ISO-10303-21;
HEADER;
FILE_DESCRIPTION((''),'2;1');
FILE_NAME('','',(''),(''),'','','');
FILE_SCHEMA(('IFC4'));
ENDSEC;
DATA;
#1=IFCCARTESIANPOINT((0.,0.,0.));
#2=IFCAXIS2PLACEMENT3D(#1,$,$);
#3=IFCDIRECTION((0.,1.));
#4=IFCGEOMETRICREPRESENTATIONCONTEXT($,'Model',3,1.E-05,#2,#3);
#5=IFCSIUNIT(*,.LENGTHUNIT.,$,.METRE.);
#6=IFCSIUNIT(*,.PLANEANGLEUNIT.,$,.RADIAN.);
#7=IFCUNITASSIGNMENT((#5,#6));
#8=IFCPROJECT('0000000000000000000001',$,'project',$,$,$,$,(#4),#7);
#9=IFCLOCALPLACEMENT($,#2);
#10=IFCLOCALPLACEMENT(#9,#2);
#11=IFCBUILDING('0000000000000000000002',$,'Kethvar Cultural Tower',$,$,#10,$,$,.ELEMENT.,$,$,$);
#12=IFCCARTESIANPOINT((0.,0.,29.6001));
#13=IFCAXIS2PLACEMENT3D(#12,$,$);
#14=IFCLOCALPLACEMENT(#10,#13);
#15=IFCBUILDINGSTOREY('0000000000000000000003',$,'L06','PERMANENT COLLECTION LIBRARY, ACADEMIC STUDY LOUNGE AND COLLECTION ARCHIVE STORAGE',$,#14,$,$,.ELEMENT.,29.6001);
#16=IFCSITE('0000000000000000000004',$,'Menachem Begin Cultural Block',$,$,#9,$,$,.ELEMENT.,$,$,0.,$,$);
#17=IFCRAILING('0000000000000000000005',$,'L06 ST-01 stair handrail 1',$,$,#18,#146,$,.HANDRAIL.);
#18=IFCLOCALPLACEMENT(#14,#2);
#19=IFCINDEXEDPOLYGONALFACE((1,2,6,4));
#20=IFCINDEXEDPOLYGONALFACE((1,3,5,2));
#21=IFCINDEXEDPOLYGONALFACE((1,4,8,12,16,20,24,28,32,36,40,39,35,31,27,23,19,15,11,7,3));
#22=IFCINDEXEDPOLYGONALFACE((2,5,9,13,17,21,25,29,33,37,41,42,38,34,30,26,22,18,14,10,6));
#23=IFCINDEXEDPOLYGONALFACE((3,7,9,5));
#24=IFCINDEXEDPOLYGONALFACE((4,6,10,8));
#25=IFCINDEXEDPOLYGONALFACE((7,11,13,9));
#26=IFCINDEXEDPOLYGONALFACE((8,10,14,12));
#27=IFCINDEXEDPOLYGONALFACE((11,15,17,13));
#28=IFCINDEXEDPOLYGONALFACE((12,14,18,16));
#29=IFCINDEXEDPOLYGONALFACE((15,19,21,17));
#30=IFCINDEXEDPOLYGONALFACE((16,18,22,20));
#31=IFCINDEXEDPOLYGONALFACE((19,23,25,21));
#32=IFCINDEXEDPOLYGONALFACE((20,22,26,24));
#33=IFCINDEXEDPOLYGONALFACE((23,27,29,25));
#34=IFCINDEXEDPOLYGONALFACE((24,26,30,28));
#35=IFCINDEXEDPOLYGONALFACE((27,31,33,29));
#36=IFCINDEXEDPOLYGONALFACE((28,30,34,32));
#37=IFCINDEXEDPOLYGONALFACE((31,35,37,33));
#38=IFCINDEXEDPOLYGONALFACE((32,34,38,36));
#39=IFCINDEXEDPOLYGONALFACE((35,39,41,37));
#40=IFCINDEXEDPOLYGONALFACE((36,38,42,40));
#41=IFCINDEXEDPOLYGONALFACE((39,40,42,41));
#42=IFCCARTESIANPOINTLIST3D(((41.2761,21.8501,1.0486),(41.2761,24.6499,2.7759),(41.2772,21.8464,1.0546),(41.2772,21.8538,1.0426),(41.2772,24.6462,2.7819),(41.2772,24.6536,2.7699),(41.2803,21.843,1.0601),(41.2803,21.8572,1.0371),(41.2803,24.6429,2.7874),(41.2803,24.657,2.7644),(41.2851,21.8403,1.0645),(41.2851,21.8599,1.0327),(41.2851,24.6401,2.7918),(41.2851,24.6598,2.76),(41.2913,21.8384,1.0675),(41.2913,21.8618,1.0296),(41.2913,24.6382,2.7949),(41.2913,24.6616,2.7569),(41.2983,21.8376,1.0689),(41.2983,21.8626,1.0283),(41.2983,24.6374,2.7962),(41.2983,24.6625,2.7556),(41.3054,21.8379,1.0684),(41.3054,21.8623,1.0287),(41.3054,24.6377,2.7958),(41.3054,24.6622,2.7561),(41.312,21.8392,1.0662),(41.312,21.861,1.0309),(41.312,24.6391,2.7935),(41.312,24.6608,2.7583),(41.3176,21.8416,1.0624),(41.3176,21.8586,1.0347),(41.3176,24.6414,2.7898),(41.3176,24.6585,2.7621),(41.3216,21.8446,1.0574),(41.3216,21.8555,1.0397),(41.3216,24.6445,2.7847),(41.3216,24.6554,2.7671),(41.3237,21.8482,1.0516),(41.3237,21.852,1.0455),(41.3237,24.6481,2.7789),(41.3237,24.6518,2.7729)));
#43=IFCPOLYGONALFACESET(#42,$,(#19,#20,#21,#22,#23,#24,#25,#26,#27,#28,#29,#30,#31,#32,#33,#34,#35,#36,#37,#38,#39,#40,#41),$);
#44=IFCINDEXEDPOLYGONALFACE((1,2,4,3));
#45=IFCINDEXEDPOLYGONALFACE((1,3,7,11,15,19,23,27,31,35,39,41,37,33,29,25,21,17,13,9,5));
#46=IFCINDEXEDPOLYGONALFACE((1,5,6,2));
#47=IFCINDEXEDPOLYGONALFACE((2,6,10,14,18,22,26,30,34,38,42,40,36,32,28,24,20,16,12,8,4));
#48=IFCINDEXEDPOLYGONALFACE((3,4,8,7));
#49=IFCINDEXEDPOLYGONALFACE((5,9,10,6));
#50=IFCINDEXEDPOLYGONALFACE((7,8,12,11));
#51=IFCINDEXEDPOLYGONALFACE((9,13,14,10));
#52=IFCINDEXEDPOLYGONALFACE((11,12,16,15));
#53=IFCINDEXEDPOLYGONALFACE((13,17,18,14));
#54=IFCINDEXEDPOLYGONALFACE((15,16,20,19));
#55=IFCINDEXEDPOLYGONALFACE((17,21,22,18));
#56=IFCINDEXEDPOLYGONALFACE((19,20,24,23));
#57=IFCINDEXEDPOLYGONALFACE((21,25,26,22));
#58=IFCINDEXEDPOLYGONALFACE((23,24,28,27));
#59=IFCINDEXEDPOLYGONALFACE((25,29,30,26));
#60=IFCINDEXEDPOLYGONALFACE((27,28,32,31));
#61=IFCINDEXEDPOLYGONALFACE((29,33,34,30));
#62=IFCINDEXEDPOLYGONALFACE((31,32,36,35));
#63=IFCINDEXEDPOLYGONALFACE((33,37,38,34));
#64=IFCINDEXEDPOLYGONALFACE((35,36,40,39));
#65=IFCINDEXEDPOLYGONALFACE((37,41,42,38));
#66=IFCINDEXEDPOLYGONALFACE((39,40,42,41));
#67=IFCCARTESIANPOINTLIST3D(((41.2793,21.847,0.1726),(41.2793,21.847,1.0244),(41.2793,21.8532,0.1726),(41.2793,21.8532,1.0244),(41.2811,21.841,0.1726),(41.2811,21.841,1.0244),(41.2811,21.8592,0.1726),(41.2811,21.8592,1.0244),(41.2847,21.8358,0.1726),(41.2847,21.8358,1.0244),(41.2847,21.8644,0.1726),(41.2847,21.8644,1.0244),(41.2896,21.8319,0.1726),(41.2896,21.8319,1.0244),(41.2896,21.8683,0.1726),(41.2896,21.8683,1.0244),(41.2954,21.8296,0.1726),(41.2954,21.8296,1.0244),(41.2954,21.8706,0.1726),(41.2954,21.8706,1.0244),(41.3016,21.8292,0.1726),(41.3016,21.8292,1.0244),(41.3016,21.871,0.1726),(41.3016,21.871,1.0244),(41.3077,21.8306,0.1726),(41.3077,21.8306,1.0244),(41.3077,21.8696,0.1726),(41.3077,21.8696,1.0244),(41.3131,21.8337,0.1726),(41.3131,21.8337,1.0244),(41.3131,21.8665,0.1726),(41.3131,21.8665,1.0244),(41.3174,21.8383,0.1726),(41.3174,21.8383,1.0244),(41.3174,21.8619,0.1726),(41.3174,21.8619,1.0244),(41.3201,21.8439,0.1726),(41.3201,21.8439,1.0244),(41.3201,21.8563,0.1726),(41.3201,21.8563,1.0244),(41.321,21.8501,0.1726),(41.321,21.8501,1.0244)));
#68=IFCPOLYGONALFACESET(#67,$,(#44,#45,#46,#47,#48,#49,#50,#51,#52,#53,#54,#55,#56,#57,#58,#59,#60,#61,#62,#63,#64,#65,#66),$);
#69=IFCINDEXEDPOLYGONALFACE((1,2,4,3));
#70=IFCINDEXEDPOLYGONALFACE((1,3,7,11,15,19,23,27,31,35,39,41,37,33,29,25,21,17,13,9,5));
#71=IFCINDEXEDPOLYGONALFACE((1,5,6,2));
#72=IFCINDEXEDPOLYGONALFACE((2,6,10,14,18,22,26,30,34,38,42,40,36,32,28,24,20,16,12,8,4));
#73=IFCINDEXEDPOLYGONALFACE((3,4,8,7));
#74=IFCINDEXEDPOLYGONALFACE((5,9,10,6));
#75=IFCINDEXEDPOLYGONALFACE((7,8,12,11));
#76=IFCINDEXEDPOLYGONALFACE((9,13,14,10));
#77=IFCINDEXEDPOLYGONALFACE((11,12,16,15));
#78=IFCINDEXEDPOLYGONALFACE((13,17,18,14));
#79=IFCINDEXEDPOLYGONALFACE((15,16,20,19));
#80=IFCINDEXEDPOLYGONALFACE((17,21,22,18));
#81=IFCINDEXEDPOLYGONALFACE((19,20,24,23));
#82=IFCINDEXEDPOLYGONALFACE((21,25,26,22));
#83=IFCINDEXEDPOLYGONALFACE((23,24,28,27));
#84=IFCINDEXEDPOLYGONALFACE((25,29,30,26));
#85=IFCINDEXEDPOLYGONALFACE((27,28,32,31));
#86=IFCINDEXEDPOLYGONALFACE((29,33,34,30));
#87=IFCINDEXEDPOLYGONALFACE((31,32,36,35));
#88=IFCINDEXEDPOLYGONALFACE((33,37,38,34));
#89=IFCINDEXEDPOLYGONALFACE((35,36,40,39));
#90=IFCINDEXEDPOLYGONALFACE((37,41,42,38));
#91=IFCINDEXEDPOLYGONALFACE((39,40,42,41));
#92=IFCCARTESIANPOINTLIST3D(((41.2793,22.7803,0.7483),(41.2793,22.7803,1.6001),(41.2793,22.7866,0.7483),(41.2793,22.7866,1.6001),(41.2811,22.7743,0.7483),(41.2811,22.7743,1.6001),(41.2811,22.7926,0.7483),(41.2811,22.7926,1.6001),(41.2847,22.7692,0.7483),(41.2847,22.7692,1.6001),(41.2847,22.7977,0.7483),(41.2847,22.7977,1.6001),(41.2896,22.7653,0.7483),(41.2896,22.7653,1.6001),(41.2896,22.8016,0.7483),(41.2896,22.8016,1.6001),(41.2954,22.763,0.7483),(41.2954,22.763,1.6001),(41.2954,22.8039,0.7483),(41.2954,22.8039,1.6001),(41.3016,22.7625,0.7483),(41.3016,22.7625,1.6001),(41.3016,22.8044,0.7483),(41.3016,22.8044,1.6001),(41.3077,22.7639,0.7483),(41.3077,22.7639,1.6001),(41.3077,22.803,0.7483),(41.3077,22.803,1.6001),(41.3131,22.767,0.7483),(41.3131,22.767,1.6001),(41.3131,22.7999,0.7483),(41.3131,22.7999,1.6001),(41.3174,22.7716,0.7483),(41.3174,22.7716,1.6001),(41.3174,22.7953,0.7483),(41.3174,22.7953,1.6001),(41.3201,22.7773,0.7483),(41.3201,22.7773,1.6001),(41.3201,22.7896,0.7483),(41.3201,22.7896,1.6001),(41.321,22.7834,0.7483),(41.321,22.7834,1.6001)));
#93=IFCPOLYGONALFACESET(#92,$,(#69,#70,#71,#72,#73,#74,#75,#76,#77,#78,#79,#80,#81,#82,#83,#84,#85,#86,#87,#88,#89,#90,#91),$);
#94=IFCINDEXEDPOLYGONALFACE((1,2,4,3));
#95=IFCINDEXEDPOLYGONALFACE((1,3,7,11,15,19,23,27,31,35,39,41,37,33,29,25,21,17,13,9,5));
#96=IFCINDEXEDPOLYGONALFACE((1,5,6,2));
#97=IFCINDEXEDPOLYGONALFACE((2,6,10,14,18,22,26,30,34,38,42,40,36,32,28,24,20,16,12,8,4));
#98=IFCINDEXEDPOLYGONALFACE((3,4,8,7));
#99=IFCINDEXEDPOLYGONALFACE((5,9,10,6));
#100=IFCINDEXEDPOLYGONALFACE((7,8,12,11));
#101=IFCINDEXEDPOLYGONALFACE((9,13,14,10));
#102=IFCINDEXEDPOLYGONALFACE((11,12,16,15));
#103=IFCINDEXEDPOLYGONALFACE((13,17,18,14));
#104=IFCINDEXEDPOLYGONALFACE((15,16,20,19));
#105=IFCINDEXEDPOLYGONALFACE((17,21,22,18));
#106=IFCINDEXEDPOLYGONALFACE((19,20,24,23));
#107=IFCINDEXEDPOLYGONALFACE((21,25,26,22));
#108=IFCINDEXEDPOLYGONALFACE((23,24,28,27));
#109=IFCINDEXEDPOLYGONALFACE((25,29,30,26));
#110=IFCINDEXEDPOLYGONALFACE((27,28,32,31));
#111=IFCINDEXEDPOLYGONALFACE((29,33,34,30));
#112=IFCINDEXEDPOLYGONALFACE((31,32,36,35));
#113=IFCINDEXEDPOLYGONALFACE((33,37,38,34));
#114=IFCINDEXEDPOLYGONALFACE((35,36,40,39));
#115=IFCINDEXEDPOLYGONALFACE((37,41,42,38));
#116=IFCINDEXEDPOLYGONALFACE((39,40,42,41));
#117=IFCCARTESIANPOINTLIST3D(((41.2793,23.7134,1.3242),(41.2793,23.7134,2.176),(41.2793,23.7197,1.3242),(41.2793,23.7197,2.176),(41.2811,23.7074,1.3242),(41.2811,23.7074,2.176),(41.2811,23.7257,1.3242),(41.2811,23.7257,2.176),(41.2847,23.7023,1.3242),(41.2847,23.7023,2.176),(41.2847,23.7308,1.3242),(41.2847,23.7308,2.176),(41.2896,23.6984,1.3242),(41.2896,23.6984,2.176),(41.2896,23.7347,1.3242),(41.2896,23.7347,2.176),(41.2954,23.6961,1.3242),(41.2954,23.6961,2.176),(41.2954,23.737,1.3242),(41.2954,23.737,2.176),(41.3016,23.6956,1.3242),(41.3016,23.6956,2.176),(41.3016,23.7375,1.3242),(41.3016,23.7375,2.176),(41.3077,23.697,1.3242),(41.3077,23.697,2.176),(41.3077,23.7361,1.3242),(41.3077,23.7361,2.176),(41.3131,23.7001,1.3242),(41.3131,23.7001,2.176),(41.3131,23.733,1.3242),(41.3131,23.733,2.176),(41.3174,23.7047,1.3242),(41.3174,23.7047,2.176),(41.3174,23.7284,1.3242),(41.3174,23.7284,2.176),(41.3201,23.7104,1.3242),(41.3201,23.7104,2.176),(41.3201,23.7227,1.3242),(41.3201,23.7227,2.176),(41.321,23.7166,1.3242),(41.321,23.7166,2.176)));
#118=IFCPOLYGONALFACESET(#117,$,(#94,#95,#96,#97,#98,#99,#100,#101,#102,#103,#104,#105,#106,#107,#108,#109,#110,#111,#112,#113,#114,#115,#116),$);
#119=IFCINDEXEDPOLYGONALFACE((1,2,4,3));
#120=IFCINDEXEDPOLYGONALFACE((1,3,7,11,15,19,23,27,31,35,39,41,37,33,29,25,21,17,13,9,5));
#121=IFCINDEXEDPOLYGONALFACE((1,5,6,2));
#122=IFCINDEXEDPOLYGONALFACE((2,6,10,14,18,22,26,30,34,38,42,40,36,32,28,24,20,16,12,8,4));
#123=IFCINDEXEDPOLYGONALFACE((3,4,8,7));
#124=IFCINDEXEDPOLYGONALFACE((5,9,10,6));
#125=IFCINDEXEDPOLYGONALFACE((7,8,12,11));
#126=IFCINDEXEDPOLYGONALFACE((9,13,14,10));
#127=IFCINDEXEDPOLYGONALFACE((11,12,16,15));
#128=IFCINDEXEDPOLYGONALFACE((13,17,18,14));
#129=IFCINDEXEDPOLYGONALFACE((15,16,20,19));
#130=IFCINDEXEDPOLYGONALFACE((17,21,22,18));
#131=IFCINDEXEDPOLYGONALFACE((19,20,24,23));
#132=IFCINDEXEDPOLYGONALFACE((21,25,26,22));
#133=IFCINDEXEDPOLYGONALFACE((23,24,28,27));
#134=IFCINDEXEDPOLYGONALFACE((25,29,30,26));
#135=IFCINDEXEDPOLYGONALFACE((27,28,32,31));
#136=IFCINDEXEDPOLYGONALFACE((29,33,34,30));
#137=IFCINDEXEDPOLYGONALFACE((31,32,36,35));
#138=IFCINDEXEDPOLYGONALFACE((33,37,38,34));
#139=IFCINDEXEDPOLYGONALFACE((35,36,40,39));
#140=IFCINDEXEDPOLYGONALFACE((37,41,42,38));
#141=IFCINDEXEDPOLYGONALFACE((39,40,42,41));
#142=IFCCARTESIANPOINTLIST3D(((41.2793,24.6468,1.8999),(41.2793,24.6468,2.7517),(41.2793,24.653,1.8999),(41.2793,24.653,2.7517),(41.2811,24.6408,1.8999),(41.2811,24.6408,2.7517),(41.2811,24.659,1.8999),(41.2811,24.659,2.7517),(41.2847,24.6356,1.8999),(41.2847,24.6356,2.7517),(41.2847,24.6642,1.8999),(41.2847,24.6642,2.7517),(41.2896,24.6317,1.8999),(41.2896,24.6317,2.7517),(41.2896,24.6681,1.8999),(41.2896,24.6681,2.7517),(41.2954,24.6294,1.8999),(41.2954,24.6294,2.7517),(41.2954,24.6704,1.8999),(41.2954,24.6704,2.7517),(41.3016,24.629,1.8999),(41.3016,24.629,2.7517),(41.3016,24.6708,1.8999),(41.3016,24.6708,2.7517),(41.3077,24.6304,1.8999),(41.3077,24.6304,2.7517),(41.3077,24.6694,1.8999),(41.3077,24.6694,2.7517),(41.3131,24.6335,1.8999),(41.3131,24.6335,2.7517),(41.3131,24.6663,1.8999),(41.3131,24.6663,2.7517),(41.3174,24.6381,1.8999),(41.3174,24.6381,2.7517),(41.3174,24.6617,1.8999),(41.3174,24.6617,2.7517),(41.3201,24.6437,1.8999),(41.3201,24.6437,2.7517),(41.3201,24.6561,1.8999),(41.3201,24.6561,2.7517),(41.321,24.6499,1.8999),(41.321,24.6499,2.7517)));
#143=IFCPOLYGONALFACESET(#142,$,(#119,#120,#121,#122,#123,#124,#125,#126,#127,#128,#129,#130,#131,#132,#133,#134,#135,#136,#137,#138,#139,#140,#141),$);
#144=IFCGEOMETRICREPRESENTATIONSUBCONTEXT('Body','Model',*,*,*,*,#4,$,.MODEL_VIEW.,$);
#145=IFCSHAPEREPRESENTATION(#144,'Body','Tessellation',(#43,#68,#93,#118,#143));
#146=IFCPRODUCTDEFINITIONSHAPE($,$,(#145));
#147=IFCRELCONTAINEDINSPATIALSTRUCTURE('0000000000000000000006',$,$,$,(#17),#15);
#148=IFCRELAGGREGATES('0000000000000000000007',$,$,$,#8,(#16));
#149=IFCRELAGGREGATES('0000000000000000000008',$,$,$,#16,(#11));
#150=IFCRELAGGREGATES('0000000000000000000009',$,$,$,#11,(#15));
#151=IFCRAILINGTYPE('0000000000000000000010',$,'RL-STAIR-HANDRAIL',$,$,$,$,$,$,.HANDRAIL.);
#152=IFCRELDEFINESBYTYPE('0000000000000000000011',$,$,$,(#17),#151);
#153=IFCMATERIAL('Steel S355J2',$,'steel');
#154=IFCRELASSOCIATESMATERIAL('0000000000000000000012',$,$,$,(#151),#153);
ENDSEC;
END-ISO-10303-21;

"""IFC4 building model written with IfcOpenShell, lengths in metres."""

from ifc_helpers import new_model, si_unit, direction, frame, origin, origin_2d, place, context, subcontext, project, spatial, circle, extrude, material, type_object, element, save


model = new_model("IFC4")

# Units and contexts
model_context = context("Model", 3, precision=1e-05, world=origin(), true_north=direction((0.0, 1.0)))
body_context = subcontext(model_context, "Body", "Model", "MODEL_VIEW")
ifc_project = project(units=[si_unit("LENGTHUNIT", "METRE"), si_unit("PLANEANGLEUNIT", "RADIAN")], contexts=[model_context])

# Site, building, storey
site_placement = place(None, origin())
site = spatial("IfcSite", under=ifc_project, at=site_placement, Name="Menachem Begin Cultural Block", CompositionType="ELEMENT", RefElevation=0.0)
building_placement = place(site_placement, origin())
building = spatial("IfcBuilding", under=site, at=building_placement, Name="Kethvar Cultural Tower", CompositionType="ELEMENT")
storey_placement = place(building_placement, frame((0.0, 0.0, 29.6001)))
storey = spatial("IfcBuildingStorey", under=building, at=storey_placement, Name="L06", Description="PERMANENT COLLECTION LIBRARY, ACADEMIC STUDY LOUNGE AND COLLECTION ARCHIVE STORAGE", CompositionType="ELEMENT", Elevation=29.6001)

# Shared definitions
ifc_material_1 = material(Name="Steel S355J2", Category="steel")

# Railing
railing_type_1 = type_object("IfcRailingType", Name="RL-STAIR-HANDRAIL", PredefinedType="HANDRAIL", material=ifc_material_1)
railing_1_placement = place(storey_placement, frame((41.3, 21.8501, 0.1726)))
element("IfcRailing", 1, at=railing_1_placement, inside=storey, type_object=railing_type_1, Name="L06 ST-01 stair handrail 1", PredefinedType="HANDRAIL", context=body_context, shape_type="SweptSolid", body=[
    extrude(circle(Radius=0.0239, at=origin_2d()), frame((0.0, 0.0, 0.876), z_axis=(0.0, 0.851069, 0.525054), x_axis=(-1.0, 0.0, 0.0)), (0.0, 0.0, 1.0), 3.2898),
    extrude(circle(Radius=0.021, at=origin_2d()), origin(), (0.0, 0.0, 1.0), 0.8518),
    extrude(circle(Radius=0.021, at=origin_2d()), frame((0.0, 0.9333, 0.5757)), (0.0, 0.0, 1.0), 0.8518),
    extrude(circle(Radius=0.021, at=origin_2d()), frame((0.0, 1.8665, 1.1516)), (0.0, 0.0, 1.0), 0.8518),
    extrude(circle(Radius=0.021, at=origin_2d()), frame((0.0, 2.7998, 1.7273)), (0.0, 0.0, 1.0), 0.8518),
])

save(model, "model.ifc")
